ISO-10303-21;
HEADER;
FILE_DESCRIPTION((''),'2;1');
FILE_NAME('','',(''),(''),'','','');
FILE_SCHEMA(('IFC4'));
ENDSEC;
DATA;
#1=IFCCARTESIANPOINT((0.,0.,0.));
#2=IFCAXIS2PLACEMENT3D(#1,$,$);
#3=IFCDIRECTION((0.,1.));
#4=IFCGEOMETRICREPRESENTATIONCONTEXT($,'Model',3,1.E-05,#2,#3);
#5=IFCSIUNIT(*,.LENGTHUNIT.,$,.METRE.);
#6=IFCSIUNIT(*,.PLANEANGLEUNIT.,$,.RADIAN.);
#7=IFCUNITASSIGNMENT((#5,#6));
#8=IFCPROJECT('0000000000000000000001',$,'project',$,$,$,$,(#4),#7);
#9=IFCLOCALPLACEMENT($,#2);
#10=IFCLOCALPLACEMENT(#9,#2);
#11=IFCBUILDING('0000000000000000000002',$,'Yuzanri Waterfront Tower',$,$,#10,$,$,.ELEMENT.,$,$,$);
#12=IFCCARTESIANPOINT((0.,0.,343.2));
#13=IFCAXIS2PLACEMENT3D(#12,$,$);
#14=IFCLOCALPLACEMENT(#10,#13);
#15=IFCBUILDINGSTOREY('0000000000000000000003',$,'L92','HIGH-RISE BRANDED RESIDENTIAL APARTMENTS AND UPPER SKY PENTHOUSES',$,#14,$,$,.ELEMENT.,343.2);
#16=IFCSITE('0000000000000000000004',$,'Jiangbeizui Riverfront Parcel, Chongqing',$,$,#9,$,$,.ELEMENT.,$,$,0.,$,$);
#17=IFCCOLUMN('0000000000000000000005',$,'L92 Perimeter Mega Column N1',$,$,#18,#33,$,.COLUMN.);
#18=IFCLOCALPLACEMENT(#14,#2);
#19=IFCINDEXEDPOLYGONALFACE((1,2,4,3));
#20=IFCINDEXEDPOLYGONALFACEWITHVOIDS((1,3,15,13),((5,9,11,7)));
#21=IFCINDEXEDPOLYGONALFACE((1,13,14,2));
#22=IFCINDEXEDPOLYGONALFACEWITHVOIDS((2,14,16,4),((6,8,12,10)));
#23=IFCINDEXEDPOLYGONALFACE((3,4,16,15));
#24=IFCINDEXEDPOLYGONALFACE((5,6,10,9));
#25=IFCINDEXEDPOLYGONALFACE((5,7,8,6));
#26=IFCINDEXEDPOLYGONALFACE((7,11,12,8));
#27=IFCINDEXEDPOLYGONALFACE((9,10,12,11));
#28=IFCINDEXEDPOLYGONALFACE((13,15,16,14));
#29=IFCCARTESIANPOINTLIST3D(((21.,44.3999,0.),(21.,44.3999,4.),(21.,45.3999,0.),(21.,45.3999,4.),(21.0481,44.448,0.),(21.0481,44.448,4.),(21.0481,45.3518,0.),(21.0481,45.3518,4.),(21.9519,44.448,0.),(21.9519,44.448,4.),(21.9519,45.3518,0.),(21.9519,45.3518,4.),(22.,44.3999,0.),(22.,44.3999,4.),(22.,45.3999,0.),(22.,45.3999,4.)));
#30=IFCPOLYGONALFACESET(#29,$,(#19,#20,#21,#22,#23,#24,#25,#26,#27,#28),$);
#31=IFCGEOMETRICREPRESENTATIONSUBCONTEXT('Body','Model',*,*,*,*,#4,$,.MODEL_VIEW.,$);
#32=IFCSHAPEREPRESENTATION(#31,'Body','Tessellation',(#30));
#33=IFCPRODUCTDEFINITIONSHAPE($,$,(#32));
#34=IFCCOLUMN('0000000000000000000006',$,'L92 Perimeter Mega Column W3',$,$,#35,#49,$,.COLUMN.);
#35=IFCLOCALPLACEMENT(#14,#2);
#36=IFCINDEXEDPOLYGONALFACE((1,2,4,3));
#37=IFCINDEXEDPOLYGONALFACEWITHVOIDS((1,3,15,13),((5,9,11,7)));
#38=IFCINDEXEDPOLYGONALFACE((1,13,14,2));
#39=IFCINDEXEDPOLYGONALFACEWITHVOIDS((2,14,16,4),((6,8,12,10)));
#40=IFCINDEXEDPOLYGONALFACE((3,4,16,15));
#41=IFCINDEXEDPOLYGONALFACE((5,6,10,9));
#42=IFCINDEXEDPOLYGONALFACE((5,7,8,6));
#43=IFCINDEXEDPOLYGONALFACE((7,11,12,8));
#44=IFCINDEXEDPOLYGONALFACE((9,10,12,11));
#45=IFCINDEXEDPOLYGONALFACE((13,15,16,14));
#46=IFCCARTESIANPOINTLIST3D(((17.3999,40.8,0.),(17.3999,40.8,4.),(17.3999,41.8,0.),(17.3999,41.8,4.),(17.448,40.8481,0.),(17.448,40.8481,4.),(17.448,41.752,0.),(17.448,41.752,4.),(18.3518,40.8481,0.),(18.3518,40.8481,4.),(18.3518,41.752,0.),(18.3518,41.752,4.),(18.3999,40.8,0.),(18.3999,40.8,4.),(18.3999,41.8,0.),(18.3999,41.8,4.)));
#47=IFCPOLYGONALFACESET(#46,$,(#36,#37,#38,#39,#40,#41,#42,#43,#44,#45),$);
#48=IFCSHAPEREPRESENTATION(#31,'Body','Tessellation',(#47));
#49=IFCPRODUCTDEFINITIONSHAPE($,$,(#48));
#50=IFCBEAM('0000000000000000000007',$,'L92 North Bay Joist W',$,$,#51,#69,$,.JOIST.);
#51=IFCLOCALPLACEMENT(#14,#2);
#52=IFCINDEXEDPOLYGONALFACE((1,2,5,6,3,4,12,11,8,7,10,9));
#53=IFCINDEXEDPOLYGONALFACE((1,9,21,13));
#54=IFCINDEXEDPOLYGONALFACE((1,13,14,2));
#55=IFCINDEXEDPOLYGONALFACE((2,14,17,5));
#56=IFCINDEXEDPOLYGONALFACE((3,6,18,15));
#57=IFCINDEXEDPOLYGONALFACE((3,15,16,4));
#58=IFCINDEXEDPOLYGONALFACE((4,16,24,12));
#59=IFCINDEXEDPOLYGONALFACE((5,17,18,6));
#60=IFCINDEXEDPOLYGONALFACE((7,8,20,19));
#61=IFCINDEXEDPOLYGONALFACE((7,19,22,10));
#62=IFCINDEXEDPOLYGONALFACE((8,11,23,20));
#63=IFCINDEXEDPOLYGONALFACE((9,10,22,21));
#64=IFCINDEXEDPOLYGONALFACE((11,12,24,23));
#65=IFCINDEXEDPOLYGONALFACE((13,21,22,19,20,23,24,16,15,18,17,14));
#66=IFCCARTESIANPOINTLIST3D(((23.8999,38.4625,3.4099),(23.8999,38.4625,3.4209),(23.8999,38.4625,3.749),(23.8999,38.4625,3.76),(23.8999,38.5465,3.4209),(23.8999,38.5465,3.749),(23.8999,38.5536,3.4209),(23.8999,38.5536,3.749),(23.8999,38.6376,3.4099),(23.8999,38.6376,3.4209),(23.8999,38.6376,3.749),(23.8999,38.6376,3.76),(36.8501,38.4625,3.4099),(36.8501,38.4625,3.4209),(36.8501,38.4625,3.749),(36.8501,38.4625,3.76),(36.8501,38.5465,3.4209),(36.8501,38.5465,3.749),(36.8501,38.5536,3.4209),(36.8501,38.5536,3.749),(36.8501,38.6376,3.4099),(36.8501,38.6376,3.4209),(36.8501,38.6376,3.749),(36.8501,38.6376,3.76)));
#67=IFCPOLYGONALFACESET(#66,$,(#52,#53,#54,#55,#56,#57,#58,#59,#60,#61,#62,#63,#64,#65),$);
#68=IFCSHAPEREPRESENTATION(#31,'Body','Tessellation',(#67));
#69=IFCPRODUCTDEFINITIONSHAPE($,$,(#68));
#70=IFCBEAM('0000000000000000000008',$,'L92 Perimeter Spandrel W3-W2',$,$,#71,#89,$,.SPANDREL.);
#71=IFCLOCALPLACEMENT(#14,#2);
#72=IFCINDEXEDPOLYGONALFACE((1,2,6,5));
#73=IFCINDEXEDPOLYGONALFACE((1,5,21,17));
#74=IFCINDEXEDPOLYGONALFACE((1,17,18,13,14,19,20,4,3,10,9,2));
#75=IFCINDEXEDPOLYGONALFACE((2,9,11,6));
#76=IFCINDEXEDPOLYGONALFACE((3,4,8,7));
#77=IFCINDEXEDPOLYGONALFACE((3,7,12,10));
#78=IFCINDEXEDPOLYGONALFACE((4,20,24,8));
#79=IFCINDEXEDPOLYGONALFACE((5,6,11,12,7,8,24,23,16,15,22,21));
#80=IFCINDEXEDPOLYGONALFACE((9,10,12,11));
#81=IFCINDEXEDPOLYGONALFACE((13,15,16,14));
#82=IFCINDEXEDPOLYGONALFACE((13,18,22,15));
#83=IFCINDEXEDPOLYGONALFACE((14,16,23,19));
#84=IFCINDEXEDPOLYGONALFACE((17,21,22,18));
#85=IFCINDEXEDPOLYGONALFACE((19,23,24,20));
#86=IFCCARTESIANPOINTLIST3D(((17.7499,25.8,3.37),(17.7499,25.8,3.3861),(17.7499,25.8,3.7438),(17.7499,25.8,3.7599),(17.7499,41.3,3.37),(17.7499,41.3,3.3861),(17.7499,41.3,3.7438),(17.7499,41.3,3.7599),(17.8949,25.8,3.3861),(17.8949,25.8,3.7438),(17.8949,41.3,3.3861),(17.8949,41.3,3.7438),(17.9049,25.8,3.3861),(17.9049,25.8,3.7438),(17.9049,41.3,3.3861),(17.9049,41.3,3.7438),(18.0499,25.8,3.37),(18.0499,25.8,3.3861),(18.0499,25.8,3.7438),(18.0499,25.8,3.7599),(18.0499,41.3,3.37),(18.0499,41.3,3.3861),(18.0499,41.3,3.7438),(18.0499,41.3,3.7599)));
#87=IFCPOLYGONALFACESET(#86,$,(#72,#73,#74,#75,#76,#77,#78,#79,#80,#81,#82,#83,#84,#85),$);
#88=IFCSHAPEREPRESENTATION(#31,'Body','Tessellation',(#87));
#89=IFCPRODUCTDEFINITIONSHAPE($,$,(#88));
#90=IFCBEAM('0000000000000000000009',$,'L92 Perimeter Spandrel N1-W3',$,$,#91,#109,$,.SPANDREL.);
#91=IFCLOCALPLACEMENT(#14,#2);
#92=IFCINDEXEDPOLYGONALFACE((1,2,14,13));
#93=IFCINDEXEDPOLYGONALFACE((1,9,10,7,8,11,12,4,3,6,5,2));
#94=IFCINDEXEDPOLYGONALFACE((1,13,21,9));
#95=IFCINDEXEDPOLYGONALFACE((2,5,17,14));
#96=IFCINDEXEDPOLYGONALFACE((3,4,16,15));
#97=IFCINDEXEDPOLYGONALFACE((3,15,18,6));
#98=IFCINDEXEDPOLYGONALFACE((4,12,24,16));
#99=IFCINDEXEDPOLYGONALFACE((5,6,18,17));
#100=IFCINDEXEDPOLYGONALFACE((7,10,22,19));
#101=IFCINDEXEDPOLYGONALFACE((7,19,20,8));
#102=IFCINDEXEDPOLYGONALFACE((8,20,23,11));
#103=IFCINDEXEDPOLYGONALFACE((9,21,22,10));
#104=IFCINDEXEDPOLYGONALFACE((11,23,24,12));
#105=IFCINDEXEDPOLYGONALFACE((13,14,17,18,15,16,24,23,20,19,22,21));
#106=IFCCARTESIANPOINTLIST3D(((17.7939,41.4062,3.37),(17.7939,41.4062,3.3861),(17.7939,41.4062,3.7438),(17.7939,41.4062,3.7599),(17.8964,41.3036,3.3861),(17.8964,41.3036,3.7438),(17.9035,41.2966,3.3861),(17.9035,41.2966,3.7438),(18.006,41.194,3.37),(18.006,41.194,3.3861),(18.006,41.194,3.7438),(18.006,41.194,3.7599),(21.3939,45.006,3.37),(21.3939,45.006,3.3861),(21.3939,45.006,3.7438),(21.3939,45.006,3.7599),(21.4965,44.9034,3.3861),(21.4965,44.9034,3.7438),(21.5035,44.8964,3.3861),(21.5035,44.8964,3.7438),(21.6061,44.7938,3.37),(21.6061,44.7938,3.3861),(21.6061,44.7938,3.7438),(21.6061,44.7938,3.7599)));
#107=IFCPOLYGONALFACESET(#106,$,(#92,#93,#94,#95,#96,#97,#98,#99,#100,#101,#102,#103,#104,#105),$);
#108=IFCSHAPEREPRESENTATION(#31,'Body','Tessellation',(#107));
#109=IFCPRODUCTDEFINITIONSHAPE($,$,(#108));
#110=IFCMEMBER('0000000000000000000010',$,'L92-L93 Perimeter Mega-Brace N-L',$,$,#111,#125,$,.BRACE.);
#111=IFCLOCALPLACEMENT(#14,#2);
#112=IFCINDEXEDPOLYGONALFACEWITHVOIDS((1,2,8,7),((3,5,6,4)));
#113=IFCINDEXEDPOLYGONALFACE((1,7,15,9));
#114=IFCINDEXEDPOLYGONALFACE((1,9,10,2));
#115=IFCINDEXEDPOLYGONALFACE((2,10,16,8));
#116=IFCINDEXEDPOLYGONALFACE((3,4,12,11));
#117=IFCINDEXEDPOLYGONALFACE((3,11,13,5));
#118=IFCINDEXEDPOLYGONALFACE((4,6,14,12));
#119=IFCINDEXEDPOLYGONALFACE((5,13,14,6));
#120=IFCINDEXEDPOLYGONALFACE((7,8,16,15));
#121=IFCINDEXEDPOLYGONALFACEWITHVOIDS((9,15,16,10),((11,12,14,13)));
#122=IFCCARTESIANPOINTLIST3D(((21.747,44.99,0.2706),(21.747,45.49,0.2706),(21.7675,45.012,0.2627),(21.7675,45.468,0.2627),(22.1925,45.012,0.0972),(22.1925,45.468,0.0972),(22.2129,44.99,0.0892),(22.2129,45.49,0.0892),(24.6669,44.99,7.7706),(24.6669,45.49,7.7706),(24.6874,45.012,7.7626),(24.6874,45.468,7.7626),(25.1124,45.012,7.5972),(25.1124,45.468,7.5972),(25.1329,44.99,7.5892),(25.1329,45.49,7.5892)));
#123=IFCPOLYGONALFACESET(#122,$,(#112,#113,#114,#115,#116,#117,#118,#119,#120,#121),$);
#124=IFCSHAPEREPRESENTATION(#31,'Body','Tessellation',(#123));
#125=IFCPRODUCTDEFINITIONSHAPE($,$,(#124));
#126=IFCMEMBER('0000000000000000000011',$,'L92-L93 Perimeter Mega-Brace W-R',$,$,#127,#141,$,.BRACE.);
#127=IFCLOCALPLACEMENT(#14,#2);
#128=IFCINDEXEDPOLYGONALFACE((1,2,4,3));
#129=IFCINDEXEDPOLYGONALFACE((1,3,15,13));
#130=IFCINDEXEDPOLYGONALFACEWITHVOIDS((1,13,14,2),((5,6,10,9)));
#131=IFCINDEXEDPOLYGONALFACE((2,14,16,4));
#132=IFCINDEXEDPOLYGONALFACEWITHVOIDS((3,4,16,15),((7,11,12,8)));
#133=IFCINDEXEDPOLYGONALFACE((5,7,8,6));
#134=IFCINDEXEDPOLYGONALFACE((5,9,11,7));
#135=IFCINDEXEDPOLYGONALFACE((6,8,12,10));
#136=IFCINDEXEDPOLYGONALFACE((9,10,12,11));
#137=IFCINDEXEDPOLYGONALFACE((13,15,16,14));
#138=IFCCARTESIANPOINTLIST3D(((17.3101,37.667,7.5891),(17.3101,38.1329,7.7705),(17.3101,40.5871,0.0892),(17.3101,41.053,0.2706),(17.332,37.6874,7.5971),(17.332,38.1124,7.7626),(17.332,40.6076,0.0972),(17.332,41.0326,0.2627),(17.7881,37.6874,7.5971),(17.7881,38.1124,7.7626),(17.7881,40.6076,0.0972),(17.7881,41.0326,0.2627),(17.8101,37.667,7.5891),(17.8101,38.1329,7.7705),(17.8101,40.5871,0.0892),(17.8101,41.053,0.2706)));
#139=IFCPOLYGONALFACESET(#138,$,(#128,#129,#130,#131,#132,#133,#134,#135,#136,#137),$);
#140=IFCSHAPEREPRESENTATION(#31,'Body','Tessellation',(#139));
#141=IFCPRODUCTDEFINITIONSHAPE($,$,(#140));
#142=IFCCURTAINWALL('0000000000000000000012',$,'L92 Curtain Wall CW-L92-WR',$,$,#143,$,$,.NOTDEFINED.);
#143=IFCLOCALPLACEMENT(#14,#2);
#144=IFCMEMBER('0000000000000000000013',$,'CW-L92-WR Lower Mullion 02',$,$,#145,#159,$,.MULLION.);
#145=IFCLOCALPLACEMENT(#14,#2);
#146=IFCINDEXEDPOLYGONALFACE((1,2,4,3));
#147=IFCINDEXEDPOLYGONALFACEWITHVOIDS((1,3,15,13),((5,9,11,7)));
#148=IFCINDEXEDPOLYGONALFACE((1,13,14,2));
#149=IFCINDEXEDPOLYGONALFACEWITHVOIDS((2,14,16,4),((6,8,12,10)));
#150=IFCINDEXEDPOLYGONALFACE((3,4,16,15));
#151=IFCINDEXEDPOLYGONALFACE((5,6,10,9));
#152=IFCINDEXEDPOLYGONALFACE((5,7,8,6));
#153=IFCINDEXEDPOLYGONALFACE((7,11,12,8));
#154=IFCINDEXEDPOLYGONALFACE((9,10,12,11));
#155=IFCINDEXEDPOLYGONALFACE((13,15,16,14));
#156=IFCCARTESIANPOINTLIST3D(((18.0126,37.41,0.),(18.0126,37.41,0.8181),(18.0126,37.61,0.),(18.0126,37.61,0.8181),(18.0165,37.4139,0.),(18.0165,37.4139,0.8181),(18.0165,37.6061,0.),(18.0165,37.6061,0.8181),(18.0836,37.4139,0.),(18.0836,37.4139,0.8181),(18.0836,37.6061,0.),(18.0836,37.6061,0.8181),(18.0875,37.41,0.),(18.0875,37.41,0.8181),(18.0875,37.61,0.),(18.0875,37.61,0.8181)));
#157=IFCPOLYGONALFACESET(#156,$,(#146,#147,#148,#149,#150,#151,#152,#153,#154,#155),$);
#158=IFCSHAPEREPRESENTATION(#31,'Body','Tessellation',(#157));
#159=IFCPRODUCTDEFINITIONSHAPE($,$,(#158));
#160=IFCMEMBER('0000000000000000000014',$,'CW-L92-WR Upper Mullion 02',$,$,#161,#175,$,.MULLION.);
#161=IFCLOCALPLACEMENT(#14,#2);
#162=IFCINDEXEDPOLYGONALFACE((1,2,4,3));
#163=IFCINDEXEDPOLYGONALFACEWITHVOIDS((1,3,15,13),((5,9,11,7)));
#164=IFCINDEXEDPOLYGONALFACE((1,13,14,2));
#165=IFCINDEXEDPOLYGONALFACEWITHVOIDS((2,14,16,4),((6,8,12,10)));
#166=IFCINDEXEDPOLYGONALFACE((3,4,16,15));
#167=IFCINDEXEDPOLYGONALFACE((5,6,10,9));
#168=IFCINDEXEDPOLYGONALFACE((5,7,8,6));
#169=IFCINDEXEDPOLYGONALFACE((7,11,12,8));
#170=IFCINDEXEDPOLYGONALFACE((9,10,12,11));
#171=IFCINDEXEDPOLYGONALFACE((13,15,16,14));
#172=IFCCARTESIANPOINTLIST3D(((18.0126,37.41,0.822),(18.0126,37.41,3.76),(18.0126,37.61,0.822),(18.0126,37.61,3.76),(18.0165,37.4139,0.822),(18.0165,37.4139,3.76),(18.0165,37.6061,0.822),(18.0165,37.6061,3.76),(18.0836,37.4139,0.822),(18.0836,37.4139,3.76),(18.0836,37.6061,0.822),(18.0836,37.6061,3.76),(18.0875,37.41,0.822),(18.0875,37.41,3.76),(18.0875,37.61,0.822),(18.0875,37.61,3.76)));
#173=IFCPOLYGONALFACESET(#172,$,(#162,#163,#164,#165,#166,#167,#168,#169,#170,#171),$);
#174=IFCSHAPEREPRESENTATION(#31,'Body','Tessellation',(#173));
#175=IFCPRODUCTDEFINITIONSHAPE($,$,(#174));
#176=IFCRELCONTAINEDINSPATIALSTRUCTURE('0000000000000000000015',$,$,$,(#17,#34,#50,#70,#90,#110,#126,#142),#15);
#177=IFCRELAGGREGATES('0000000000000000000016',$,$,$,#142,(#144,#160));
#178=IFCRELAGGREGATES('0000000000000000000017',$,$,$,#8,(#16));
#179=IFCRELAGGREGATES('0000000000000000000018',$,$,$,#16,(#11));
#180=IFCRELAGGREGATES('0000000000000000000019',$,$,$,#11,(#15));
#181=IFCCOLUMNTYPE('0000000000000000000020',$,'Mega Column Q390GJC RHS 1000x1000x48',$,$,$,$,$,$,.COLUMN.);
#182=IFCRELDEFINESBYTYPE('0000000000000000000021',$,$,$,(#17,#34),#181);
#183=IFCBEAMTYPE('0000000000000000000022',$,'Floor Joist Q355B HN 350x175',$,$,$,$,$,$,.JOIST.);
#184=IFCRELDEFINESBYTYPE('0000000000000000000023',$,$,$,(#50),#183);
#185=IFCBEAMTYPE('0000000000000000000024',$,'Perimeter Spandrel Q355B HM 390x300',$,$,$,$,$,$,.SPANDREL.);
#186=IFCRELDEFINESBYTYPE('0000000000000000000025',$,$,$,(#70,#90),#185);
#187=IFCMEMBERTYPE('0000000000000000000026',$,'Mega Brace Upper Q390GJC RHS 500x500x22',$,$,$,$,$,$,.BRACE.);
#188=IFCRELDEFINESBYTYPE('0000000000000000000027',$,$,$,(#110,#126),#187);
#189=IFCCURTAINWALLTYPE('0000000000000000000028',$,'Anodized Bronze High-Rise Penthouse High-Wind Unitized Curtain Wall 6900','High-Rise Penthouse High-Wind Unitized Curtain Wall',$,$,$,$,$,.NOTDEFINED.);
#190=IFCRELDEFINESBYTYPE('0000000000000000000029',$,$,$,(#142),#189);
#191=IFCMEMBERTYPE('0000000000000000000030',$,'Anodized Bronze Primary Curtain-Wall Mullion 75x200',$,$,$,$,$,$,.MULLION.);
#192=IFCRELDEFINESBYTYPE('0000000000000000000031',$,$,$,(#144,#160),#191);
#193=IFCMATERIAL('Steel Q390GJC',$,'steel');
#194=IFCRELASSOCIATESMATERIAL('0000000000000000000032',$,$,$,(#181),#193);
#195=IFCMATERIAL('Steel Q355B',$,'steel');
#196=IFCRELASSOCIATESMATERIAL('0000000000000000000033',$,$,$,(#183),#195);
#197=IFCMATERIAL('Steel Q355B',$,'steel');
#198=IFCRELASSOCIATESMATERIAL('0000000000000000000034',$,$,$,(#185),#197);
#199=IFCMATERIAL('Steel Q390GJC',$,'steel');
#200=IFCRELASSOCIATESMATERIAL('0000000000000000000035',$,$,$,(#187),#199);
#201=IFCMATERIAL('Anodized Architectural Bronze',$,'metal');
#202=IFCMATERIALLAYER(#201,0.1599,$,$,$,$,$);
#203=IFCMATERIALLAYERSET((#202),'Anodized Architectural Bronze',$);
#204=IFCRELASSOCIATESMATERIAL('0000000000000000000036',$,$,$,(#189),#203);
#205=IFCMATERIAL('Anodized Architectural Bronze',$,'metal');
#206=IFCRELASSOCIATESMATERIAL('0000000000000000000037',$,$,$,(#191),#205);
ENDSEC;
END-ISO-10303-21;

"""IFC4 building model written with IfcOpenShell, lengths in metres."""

from ifc_helpers import new_model, si_unit, direction, frame, origin, origin_2d, place, context, subcontext, project, spatial, hollow_rectangle, i_section, extrude, source, transform, mapped, material, layer, layer_set, material_profile, profile_set, type_object, element, aggregate, save


model = new_model("IFC4")

# Units and contexts
model_context = context("Model", 3, precision=1e-05, world=origin(), true_north=direction((0.0, 1.0)))
body_context = subcontext(model_context, "Body", "Model", "MODEL_VIEW")
ifc_project = project(units=[si_unit("LENGTHUNIT", "METRE"), si_unit("PLANEANGLEUNIT", "RADIAN")], contexts=[model_context])

# Site, building, storey
site_placement = place(None, origin())
site = spatial("IfcSite", under=ifc_project, at=site_placement, Name="Jiangbeizui Riverfront Parcel, Chongqing", CompositionType="ELEMENT", RefElevation=0.0)
building_placement = place(site_placement, origin())
building = spatial("IfcBuilding", under=site, at=building_placement, Name="Yuzanri Waterfront Tower", CompositionType="ELEMENT")
storey_placement = place(building_placement, frame((0.0, 0.0, 343.2)))
storey = spatial("IfcBuildingStorey", under=building, at=storey_placement, Name="L92", Description="HIGH-RISE BRANDED RESIDENTIAL APARTMENTS AND UPPER SKY PENTHOUSES", CompositionType="ELEMENT", Elevation=343.2)

# Columns
ifc_material_1 = material(Name="Steel Q390GJC", Category="steel")
ifc_material_profile_1 = material_profile(ifc_material_1, hollow_rectangle(XDim=1.0, YDim=1.0, WallThickness=0.0481, at=origin_2d()), Name="RHS 1000x1000x48")
ifc_profile_set_1 = profile_set([ifc_material_profile_1], Name="Steel Q390GJC")
column_type = type_object("IfcColumnType", Name="Mega Column Q390GJC RHS 1000x1000x48", PredefinedType="COLUMN", material=ifc_profile_set_1)
shared_shape_1 = source(origin(), body_context, "Body", "SweptSolid", [
    extrude(hollow_rectangle(XDim=1.0, YDim=1.0, WallThickness=0.0481, at=origin_2d()), origin(), (0.0, 0.0, 1.0), 4.0),
])
for number, where, z_axis, x_axis, name in (
    (1, (21.5, 44.8999, 0.0), (0.0, 0.0, 1.0), (1.0, 0.0, 0.0), "L92 Perimeter Mega Column N1"),
    (2, (17.8999, 41.3, 0.0), (0.0, 0.0, 1.0), (1.0, 0.0, 0.0), "L92 Perimeter Mega Column W3"),
):
    element("IfcColumn", number, at=place(storey_placement, frame(where, z_axis=z_axis, x_axis=x_axis)), inside=storey, type_object=column_type, Name=name, PredefinedType="COLUMN", context=body_context, shape_type="MappedRepresentation", body=[
        mapped(shared_shape_1, transform((0.0, 0.0, 0.0), scale=1.0)),
    ])

# Beams
ifc_material_2 = material(Name="Steel Q355B", Category="steel")
ifc_material_profile_2 = material_profile(ifc_material_2, i_section(OverallWidth=0.175, OverallDepth=0.3501, WebThickness=0.0071, FlangeThickness=0.011, at=origin_2d()), Name="HN 350x175x7x11")
ifc_profile_set_2 = profile_set([ifc_material_profile_2], Name="Steel Q355B")
beam_type_1 = type_object("IfcBeamType", Name="Floor Joist Q355B HN 350x175", PredefinedType="JOIST", material=ifc_profile_set_2)
shared_shape_2 = source(origin(), body_context, "Body", "SweptSolid", [
    extrude(i_section(OverallWidth=0.175, OverallDepth=0.3501, WebThickness=0.0071, FlangeThickness=0.011, at=origin_2d()), origin(), (0.0, 0.0, 1.0), 12.9502),
])
beam_1_placement = place(storey_placement, frame((23.8999, 38.55, 3.585), z_axis=(1.0, 0.0, 0.0), x_axis=(0.0, 1.0, 0.0)))
element("IfcBeam", 3, at=beam_1_placement, inside=storey, type_object=beam_type_1, Name="L92 North Bay Joist W", PredefinedType="JOIST", context=body_context, shape_type="MappedRepresentation", body=[
    mapped(shared_shape_2, transform((0.0, 0.0, 0.0), scale=1.0)),
])
ifc_material_3 = material(Name="Steel Q355B", Category="steel")
ifc_material_profile_3 = material_profile(ifc_material_3, i_section(OverallWidth=0.3, OverallDepth=0.3899, WebThickness=0.01, FlangeThickness=0.0161, at=origin_2d()), Name="HM 390x300x10x16")
ifc_profile_set_3 = profile_set([ifc_material_profile_3], Name="Steel Q355B")
beam_type_2 = type_object("IfcBeamType", Name="Perimeter Spandrel Q355B HM 390x300", PredefinedType="SPANDREL", material=ifc_profile_set_3)
shared_shape_3 = source(origin(), body_context, "Body", "SweptSolid", [
    extrude(i_section(OverallWidth=0.3, OverallDepth=0.3899, WebThickness=0.01, FlangeThickness=0.0161, at=origin_2d()), origin(), (0.0, 0.0, 1.0), 15.5),
])
beam_2_placement = place(storey_placement, frame((17.8999, 41.3, 3.5649), z_axis=(0.0, -1.0, 0.0), x_axis=(1.0, 0.0, 0.0)))
element("IfcBeam", 4, at=beam_2_placement, inside=storey, type_object=beam_type_2, Name="L92 Perimeter Spandrel W3-W2", PredefinedType="SPANDREL", context=body_context, shape_type="MappedRepresentation", body=[
    mapped(shared_shape_3, transform((0.0, 0.0, 0.0), scale=1.0)),
])
shared_shape_4 = source(origin(), body_context, "Body", "SweptSolid", [
    extrude(i_section(OverallWidth=0.3, OverallDepth=0.3899, WebThickness=0.01, FlangeThickness=0.0161, at=origin_2d()), origin(), (0.0, 0.0, 1.0), 5.0911),
])
beam_3_placement = place(storey_placement, frame((21.5, 44.8999, 3.5649), z_axis=(-0.707131, -0.707083, 0.0), x_axis=(0.707083, -0.707131, 0.0)))
element("IfcBeam", 5, at=beam_3_placement, inside=storey, type_object=beam_type_2, Name="L92 Perimeter Spandrel N1-W3", PredefinedType="SPANDREL", context=body_context, shape_type="MappedRepresentation", body=[
    mapped(shared_shape_4, transform((0.0, 0.0, 0.0), scale=1.0)),
])

# Members
ifc_material_4 = material(Name="Steel Q390GJC", Category="steel")
ifc_material_profile_4 = material_profile(ifc_material_4, hollow_rectangle(XDim=0.5, YDim=0.5, WallThickness=0.022, at=origin_2d()), Name="RHS 500x500x22")
ifc_profile_set_4 = profile_set([ifc_material_profile_4], Name="Steel Q390GJC")
member_type_1 = type_object("IfcMemberType", Name="Mega Brace Upper Q390GJC RHS 500x500x22", PredefinedType="BRACE", material=ifc_profile_set_4)
shared_shape_5 = source(origin(), body_context, "Body", "SweptSolid", [
    extrude(hollow_rectangle(XDim=0.5, YDim=0.5, WallThickness=0.022, at=origin_2d()), origin(), (0.0, 0.0, 1.0), 8.0483),
])
for number, where, z_axis, x_axis, name in (
    (6, (21.98, 45.24, 0.1799), (0.362798, 0.0, 0.931868), (0.0, 1.0, 0.0), "L92-L93 Perimeter Mega-Brace N-L"),
    (7, (17.5601, 40.8201, 0.1799), (0.0, -0.362824, 0.931858), (1.0, 0.0, 0.0), "L92-L93 Perimeter Mega-Brace W-R"),
):
    element("IfcMember", number, at=place(storey_placement, frame(where, z_axis=z_axis, x_axis=x_axis)), inside=storey, type_object=member_type_1, Name=name, PredefinedType="BRACE", context=body_context, shape_type="MappedRepresentation", body=[
        mapped(shared_shape_5, transform((0.0, 0.0, 0.0), scale=1.0)),
    ])

# Curtain wall, members
ifc_material_5 = material(Name="Anodized Architectural Bronze", Category="metal")
ifc_layer_1 = layer(ifc_material_5, 0.1599)
ifc_layer_set_1 = layer_set([ifc_layer_1], Name="Anodized Architectural Bronze")
curtain_wall_type = type_object("IfcCurtainWallType", Name="Anodized Bronze High-Rise Penthouse High-Wind Unitized Curtain Wall 6900", Description="High-Rise Penthouse High-Wind Unitized Curtain Wall", PredefinedType="NOTDEFINED", material=ifc_layer_set_1)
curtain_wall_placement = place(storey_placement, origin())
curtain_wall = element("IfcCurtainWall", 8, at=curtain_wall_placement, inside=storey, type_object=curtain_wall_type, Name="L92 Curtain Wall CW-L92-WR", PredefinedType="NOTDEFINED")
ifc_material_6 = material(Name="Anodized Architectural Bronze", Category="metal")
ifc_material_profile_5 = material_profile(ifc_material_6, hollow_rectangle(XDim=0.075, YDim=0.2, WallThickness=0.0039, at=origin_2d()), Name="CWM 75x200")
ifc_profile_set_5 = profile_set([ifc_material_profile_5], Name="Anodized Architectural Bronze")
member_type_2 = type_object("IfcMemberType", Name="Anodized Bronze Primary Curtain-Wall Mullion 75x200", PredefinedType="MULLION", material=ifc_profile_set_5)
shared_shape_6 = source(origin(), body_context, "Body", "SweptSolid", [
    extrude(hollow_rectangle(XDim=0.075, YDim=0.2, WallThickness=0.0039, at=origin_2d()), origin(), (0.0, 0.0, 1.0), 0.8181),
])
member_1_placement = place(storey_placement, frame((18.05, 37.51, 0.0), z_axis=(0.0, 0.0, 1.0), x_axis=(1.0, 0.0, 0.0)))
member_1 = element("IfcMember", 9, at=member_1_placement, type_object=member_type_2, Name="CW-L92-WR Lower Mullion 02", PredefinedType="MULLION", context=body_context, shape_type="MappedRepresentation", body=[
    mapped(shared_shape_6, transform((0.0, 0.0, 0.0), scale=1.0)),
])
shared_shape_7 = source(origin(), body_context, "Body", "SweptSolid", [
    extrude(hollow_rectangle(XDim=0.075, YDim=0.2, WallThickness=0.0039, at=origin_2d()), origin(), (0.0, 0.0, 1.0), 2.938),
])
member_2_placement = place(storey_placement, frame((18.05, 37.51, 0.822), z_axis=(0.0, 0.0, 1.0), x_axis=(1.0, 0.0, 0.0)))
member_2 = element("IfcMember", 10, at=member_2_placement, type_object=member_type_2, Name="CW-L92-WR Upper Mullion 02", PredefinedType="MULLION", context=body_context, shape_type="MappedRepresentation", body=[
    mapped(shared_shape_7, transform((0.0, 0.0, 0.0), scale=1.0)),
])

aggregate(curtain_wall, [member_1, member_2])

save(model, "model.ifc")
